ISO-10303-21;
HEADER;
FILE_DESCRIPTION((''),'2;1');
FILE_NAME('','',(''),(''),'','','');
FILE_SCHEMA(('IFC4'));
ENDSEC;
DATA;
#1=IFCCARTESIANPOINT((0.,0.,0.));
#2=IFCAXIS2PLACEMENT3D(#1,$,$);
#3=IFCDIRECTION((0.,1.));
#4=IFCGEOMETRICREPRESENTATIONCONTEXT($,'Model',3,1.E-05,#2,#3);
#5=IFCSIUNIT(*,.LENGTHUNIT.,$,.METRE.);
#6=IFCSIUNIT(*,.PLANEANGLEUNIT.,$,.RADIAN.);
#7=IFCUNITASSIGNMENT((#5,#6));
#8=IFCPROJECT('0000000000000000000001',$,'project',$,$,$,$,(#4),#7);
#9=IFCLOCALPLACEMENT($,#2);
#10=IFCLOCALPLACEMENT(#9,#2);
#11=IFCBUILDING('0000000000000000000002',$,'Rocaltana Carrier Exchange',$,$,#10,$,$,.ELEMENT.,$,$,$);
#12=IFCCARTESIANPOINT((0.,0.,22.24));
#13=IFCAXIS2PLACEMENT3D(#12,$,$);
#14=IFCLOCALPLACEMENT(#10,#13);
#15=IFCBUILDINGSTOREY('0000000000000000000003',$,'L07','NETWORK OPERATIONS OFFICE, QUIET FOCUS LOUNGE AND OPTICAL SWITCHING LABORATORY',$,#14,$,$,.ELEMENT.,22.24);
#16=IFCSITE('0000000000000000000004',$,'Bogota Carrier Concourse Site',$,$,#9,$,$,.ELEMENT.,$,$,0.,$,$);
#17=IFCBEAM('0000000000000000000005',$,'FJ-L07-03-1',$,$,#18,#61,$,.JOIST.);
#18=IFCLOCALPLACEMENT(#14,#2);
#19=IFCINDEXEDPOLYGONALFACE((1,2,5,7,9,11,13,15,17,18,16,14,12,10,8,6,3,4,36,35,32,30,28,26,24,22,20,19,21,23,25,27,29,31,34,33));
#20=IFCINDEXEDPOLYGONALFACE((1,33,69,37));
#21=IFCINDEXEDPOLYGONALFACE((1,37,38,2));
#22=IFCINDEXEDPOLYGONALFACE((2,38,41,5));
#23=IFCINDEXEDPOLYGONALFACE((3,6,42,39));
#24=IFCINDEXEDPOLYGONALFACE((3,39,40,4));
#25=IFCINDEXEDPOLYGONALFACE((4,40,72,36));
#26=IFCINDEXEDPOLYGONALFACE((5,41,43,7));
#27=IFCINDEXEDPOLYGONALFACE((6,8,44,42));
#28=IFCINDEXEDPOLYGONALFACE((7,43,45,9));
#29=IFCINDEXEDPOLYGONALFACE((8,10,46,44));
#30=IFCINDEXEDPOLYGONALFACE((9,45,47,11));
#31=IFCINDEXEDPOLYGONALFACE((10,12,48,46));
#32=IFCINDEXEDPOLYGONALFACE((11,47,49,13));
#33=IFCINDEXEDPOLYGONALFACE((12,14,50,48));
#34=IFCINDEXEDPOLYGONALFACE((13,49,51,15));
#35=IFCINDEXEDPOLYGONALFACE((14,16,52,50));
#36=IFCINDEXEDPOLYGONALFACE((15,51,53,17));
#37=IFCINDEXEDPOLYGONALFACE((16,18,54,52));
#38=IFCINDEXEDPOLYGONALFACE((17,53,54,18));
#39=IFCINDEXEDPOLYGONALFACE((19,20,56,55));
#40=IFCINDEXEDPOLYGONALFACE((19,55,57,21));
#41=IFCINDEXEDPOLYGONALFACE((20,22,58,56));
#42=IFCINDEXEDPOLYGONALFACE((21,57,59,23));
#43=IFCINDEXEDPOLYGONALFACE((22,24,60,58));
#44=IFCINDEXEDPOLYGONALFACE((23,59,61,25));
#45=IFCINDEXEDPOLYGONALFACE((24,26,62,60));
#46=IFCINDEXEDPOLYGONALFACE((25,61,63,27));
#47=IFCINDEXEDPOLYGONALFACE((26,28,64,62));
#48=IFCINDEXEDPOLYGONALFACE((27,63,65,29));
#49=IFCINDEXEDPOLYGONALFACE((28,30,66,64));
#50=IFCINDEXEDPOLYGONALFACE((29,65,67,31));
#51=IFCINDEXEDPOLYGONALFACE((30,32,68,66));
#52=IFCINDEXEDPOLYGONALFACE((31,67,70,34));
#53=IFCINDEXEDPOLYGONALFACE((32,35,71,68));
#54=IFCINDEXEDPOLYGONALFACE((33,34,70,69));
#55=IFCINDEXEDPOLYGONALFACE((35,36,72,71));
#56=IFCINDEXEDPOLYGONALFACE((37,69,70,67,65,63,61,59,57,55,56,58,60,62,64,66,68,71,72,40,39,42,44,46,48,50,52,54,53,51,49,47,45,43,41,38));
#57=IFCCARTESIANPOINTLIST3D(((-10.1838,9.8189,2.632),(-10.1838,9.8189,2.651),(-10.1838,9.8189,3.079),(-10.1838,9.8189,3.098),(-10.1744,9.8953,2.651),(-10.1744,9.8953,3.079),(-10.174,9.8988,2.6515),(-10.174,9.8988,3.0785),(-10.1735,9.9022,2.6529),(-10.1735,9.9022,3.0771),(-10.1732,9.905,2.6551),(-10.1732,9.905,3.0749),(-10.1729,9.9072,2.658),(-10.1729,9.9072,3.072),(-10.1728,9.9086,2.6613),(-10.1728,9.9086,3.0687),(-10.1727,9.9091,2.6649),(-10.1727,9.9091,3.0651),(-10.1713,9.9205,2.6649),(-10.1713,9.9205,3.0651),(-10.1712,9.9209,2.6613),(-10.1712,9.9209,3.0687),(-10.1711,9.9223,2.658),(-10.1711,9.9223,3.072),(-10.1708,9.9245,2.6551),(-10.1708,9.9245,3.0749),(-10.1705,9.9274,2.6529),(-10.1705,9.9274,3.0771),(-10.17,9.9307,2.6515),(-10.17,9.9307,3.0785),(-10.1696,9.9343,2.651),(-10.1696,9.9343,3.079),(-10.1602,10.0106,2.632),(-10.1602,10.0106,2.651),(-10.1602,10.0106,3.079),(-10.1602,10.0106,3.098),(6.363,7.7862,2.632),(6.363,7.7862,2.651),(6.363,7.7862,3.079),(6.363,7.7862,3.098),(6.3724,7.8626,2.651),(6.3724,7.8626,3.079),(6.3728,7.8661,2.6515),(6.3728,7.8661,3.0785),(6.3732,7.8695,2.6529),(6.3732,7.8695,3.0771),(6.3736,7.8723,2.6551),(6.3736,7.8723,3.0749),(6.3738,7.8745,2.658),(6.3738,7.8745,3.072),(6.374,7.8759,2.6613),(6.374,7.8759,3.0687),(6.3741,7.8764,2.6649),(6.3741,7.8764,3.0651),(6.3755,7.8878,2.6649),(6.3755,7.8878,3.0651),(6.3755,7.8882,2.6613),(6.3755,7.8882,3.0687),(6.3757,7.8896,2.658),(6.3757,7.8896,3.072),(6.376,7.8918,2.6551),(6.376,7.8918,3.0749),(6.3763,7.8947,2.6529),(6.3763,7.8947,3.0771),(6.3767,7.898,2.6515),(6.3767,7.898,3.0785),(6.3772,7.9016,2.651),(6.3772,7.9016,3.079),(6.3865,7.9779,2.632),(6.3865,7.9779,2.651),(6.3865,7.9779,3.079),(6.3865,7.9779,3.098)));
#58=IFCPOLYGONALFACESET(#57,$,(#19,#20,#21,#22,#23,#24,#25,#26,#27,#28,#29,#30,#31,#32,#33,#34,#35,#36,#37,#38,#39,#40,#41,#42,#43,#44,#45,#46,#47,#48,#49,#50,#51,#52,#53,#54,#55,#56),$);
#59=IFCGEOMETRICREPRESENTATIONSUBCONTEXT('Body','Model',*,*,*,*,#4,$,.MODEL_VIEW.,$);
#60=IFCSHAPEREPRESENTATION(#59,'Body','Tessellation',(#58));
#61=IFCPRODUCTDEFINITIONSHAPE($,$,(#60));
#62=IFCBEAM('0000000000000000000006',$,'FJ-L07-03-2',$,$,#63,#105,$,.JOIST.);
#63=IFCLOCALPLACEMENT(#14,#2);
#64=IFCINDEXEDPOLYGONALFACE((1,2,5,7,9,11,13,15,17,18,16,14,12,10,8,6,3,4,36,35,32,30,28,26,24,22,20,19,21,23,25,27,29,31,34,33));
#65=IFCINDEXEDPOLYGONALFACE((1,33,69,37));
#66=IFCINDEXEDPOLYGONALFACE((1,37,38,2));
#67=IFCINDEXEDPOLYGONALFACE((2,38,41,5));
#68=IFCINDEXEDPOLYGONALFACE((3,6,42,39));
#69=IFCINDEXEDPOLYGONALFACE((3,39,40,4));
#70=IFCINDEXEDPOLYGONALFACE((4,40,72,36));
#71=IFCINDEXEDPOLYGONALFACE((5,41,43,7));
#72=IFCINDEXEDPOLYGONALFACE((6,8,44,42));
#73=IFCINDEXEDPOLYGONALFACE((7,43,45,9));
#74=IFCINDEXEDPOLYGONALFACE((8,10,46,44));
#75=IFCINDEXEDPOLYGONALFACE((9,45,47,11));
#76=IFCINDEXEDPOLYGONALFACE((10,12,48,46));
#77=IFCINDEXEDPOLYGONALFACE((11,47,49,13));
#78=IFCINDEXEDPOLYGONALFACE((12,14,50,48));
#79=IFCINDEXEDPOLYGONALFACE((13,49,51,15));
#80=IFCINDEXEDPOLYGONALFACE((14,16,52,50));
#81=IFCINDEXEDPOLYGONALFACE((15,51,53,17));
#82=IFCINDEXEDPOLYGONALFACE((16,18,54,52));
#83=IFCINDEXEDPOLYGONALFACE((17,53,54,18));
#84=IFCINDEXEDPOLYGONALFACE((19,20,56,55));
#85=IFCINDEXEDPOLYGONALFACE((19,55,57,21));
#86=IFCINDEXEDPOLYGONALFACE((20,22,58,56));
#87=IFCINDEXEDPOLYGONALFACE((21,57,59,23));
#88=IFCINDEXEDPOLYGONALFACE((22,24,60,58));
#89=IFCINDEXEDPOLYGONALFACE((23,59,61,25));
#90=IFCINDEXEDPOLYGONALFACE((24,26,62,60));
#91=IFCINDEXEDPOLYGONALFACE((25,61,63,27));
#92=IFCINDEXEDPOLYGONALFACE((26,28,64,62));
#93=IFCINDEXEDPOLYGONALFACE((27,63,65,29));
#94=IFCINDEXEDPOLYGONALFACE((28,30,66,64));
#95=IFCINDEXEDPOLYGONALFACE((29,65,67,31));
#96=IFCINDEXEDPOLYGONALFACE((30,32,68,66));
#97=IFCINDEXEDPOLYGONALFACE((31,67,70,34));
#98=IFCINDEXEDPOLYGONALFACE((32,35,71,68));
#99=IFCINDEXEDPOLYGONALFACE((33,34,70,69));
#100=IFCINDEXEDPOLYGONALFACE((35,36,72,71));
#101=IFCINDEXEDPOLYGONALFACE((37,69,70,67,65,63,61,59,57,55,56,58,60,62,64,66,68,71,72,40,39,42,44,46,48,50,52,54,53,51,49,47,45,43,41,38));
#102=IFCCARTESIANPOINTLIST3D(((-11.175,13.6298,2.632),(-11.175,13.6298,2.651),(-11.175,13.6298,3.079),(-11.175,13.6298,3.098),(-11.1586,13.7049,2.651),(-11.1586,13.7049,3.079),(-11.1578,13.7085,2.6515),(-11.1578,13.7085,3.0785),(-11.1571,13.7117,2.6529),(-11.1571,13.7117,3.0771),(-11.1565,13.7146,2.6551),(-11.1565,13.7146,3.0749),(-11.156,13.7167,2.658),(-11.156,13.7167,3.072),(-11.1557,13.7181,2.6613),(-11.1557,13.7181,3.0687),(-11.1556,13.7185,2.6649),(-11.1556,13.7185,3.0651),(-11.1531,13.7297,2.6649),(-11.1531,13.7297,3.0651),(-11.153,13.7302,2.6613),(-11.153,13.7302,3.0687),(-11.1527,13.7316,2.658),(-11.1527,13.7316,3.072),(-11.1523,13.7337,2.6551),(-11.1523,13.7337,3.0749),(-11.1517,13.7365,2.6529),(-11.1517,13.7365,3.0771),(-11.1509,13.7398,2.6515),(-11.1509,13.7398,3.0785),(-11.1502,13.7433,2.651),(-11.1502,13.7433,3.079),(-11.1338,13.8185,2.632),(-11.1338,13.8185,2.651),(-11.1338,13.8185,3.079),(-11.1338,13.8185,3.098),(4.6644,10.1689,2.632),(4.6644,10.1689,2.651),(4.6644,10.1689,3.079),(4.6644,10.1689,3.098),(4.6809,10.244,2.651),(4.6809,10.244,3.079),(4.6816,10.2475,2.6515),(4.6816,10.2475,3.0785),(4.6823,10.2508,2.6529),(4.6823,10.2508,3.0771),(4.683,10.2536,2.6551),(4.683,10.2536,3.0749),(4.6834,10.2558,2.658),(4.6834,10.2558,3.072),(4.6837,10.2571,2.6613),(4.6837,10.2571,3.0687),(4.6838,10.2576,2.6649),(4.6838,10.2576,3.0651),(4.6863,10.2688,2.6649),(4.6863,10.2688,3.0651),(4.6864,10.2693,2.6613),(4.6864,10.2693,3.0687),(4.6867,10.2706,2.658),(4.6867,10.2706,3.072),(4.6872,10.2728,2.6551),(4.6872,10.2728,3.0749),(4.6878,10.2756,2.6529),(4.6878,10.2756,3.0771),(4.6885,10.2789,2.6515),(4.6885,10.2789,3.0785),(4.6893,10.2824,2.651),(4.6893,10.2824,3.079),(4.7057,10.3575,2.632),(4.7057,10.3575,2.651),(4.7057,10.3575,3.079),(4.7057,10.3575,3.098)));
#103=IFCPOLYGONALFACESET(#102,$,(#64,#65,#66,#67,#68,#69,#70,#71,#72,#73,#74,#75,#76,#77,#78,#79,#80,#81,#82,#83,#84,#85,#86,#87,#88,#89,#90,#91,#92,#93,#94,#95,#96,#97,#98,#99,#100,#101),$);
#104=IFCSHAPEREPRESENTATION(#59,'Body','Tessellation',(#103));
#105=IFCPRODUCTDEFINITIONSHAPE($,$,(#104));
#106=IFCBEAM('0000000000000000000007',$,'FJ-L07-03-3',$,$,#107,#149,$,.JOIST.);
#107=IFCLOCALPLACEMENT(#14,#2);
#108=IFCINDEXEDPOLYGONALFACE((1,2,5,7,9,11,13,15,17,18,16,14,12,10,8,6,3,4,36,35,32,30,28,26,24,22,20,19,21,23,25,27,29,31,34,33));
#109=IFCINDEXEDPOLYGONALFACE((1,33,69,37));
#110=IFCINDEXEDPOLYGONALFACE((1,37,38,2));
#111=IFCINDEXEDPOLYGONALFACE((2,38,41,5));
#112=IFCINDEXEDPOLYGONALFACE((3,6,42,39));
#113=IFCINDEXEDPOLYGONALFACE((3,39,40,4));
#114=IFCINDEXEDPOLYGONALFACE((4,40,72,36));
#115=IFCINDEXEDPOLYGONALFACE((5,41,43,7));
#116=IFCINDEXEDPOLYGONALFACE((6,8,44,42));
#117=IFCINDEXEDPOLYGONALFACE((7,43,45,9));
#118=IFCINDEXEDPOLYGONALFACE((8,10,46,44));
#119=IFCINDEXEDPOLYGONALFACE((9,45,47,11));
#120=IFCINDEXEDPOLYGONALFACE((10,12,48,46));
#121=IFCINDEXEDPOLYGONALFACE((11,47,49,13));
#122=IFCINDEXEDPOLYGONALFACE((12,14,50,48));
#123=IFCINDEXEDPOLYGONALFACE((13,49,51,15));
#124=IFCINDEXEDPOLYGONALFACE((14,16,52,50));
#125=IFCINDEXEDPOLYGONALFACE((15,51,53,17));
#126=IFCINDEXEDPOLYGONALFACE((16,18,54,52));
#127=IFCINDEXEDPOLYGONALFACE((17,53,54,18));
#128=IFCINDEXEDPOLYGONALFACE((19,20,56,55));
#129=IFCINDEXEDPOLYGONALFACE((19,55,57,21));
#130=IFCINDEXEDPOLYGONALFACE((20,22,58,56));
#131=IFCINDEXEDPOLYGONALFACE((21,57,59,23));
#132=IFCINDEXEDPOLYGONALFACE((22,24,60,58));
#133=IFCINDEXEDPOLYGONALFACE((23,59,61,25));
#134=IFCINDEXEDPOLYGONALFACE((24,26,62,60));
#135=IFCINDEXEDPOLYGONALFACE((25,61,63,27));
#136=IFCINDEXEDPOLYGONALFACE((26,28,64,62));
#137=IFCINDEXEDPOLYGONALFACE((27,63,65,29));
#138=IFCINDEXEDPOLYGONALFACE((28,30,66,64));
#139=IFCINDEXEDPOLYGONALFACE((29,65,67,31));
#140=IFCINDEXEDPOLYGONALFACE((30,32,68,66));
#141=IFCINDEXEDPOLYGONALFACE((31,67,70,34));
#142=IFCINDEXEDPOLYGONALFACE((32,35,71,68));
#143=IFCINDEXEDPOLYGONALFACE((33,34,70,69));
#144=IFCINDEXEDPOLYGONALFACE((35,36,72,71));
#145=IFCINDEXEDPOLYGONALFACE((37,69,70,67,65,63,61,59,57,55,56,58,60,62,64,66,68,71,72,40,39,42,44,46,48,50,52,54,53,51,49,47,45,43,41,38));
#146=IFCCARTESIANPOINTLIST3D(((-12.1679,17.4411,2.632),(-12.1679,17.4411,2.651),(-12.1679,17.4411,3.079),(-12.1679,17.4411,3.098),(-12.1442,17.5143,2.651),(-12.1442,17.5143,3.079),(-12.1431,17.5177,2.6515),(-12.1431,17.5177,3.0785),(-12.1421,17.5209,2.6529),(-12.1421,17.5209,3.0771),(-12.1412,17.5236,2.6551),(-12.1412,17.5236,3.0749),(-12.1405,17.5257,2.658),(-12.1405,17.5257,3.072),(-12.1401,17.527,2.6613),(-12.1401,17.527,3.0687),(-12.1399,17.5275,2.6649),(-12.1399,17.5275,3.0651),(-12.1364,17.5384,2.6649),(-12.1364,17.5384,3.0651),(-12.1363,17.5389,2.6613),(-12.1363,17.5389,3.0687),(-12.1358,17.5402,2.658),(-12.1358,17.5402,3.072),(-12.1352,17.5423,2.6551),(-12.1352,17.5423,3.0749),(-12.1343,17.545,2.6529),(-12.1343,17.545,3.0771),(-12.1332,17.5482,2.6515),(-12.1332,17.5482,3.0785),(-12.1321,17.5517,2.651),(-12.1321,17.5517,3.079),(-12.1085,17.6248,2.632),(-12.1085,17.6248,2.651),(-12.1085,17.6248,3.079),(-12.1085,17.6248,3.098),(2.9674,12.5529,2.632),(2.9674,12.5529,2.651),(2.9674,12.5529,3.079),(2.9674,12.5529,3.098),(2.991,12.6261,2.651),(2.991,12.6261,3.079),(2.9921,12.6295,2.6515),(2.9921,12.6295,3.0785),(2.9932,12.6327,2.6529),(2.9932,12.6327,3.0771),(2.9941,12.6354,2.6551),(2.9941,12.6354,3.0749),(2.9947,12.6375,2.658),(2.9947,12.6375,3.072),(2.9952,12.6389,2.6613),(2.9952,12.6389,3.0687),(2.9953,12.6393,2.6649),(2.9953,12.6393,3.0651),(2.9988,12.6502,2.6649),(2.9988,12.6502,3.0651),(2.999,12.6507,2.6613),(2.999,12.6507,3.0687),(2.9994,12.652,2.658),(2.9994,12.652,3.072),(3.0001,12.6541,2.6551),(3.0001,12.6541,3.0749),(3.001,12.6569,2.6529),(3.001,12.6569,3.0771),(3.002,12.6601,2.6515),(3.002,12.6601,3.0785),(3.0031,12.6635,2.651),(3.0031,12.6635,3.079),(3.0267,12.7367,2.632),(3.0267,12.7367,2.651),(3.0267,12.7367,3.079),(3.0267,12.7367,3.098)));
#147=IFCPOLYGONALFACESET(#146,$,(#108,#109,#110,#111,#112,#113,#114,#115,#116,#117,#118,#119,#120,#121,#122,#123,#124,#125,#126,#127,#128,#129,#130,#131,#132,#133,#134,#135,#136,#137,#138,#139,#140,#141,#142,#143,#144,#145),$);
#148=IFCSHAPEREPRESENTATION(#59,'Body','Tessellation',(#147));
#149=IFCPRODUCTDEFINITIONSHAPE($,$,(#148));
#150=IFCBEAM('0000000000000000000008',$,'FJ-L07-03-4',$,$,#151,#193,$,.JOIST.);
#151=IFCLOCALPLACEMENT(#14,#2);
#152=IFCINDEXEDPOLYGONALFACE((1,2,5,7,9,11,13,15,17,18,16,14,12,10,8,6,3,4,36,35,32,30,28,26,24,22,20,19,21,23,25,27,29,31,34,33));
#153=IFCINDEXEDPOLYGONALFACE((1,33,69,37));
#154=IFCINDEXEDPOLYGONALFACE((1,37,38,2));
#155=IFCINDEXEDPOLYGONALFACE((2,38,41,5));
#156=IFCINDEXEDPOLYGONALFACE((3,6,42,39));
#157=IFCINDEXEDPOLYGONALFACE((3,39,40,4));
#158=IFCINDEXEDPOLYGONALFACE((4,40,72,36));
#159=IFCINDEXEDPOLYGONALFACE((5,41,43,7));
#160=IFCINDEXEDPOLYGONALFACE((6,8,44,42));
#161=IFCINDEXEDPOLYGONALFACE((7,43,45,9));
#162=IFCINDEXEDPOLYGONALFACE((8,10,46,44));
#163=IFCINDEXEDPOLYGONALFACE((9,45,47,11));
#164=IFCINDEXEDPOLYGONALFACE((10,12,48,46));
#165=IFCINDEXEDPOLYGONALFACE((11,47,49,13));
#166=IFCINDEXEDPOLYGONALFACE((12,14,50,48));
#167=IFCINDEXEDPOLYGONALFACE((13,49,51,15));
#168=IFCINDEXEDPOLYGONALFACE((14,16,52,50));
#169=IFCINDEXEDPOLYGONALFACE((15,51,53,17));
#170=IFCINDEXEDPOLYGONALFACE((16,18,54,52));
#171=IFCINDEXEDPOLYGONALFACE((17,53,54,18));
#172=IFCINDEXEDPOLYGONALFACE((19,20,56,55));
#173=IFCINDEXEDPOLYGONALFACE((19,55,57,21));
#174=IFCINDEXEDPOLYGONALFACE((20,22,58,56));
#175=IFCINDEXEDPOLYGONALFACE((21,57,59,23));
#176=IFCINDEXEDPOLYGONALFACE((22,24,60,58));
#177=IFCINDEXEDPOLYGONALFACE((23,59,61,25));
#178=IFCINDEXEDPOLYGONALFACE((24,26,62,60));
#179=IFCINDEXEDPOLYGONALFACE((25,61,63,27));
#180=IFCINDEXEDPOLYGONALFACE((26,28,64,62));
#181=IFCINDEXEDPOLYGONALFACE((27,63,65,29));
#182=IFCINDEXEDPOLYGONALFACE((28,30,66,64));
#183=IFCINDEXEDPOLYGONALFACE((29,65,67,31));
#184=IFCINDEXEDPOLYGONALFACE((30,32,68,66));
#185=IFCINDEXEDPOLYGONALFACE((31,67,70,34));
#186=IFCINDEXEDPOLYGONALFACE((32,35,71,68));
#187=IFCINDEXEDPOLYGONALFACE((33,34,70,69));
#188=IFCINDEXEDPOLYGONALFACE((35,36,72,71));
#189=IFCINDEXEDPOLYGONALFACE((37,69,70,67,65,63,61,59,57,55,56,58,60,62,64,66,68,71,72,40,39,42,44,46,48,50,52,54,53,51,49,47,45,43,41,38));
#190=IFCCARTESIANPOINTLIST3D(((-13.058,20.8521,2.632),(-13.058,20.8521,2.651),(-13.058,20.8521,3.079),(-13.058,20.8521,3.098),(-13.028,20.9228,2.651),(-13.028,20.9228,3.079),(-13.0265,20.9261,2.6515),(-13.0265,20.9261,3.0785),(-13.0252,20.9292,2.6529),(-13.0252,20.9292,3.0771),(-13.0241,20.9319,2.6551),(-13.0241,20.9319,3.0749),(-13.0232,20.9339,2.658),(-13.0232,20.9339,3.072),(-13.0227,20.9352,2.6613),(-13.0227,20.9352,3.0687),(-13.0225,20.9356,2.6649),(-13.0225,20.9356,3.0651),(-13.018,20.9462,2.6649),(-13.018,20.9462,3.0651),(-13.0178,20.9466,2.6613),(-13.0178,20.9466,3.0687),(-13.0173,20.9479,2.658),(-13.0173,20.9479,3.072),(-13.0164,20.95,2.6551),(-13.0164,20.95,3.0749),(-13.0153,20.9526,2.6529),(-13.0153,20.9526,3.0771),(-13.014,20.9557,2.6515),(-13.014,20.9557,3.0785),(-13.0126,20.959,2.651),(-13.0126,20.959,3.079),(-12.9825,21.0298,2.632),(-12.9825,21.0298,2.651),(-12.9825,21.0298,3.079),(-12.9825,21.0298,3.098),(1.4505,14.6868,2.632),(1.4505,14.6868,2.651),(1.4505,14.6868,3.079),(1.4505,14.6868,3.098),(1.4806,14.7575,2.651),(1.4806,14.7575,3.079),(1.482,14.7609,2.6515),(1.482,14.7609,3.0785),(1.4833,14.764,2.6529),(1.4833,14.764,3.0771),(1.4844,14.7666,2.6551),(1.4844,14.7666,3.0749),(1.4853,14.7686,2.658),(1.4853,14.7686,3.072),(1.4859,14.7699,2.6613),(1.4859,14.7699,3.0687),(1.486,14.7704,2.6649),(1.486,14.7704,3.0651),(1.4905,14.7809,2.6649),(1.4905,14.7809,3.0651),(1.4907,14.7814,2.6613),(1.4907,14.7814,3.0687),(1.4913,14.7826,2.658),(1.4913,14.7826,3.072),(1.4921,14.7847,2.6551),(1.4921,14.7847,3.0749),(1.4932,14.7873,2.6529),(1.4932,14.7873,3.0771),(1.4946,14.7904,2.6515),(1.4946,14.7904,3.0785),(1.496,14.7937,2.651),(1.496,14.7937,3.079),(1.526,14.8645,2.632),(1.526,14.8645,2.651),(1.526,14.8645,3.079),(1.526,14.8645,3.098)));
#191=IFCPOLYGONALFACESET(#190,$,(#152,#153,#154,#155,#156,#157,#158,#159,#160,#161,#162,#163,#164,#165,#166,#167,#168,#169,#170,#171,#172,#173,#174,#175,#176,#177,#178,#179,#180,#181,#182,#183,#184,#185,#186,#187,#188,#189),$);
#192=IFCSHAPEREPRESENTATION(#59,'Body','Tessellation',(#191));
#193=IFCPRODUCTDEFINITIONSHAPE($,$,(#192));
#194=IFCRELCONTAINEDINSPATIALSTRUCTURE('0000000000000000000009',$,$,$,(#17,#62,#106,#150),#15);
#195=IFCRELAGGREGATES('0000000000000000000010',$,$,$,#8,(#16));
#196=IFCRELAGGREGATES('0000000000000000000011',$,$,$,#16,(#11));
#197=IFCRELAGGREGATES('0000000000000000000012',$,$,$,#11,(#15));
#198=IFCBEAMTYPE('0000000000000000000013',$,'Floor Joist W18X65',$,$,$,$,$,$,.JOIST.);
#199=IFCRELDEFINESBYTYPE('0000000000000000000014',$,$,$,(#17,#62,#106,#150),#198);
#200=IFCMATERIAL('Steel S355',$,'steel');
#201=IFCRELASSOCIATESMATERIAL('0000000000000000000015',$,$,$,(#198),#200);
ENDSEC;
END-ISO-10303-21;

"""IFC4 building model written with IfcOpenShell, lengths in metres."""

from ifc_helpers import new_model, si_unit, direction, frame, origin, origin_2d, place, context, subcontext, project, spatial, i_section, extrude, material, material_profile, profile_set, type_object, element, save


model = new_model("IFC4")

# Units and contexts
model_context = context("Model", 3, precision=1e-05, world=origin(), true_north=direction((0.0, 1.0)))
body_context = subcontext(model_context, "Body", "Model", "MODEL_VIEW")
ifc_project = project(units=[si_unit("LENGTHUNIT", "METRE"), si_unit("PLANEANGLEUNIT", "RADIAN")], contexts=[model_context])

# Site, building, storey
site_placement = place(None, origin())
site = spatial("IfcSite", under=ifc_project, at=site_placement, Name="Bogota Carrier Concourse Site", CompositionType="ELEMENT", RefElevation=0.0)
building_placement = place(site_placement, origin())
building = spatial("IfcBuilding", under=site, at=building_placement, Name="Rocaltana Carrier Exchange", CompositionType="ELEMENT")
storey_placement = place(building_placement, frame((0.0, 0.0, 22.24)))
storey = spatial("IfcBuildingStorey", under=building, at=storey_placement, Name="L07", Description="NETWORK OPERATIONS OFFICE, QUIET FOCUS LOUNGE AND OPTICAL SWITCHING LABORATORY", CompositionType="ELEMENT", Elevation=22.24)

# Beams
ifc_material_1 = material(Name="Steel S355", Category="steel")
ifc_material_profile_1 = material_profile(ifc_material_1, i_section(OverallWidth=0.1931, OverallDepth=0.4661, WebThickness=0.0115, FlangeThickness=0.019, FilletRadius=0.0139, at=origin_2d()), Name="W18X65")
ifc_profile_set_1 = profile_set([ifc_material_profile_1], Name="Steel S355")
beam_type_1 = type_object("IfcBeamType", Name="Floor Joist W18X65", PredefinedType="JOIST", material=ifc_profile_set_1)
beam_1_placement = place(storey_placement, frame((6.3748, 7.8821, 2.865), z_axis=(-0.992539, 0.121929, 0.0), x_axis=(-0.121929, -0.992539, 0.0)))
element("IfcBeam", 1, at=beam_1_placement, inside=storey, type_object=beam_type_1, Name="FJ-L07-03-1", PredefinedType="JOIST", context=body_context, shape_type="SweptSolid", body=[
    extrude(i_section(OverallWidth=0.1931, OverallDepth=0.4661, WebThickness=0.0115, FlangeThickness=0.019, FilletRadius=0.0139, at=origin_2d()), origin(), (0.0, 0.0, 1.0), 16.6711),
])
beam_2_placement = place(storey_placement, frame((4.6851, 10.2632, 2.865), z_axis=(-0.97695, 0.213466, 0.0), x_axis=(-0.213466, -0.97695, 0.0)))
element("IfcBeam", 2, at=beam_2_placement, inside=storey, type_object=beam_type_1, Name="FJ-L07-03-2", PredefinedType="JOIST", context=body_context, shape_type="SweptSolid", body=[
    extrude(i_section(OverallWidth=0.1931, OverallDepth=0.4661, WebThickness=0.0115, FlangeThickness=0.019, FilletRadius=0.0139, at=origin_2d()), origin(), (0.0, 0.0, 1.0), 16.2131),
])
beam_3_placement = place(storey_placement, frame((2.9971, 12.6448, 2.865), z_axis=(-0.951601, 0.307336, 0.0), x_axis=(-0.307336, -0.951601, 0.0)))
element("IfcBeam", 3, at=beam_3_placement, inside=storey, type_object=beam_type_1, Name="FJ-L07-03-3", PredefinedType="JOIST", context=body_context, shape_type="SweptSolid", body=[
    extrude(i_section(OverallWidth=0.1931, OverallDepth=0.4661, WebThickness=0.0115, FlangeThickness=0.019, FilletRadius=0.0139, at=origin_2d()), origin(), (0.0, 0.0, 1.0), 15.905),
])
beam_4_placement = place(storey_placement, frame((1.4883, 14.7756, 2.865), z_axis=(-0.92035, 0.391095, 0.0), x_axis=(-0.391095, -0.92035, 0.0)))
element("IfcBeam", 4, at=beam_4_placement, inside=storey, type_object=beam_type_1, Name="FJ-L07-03-4", PredefinedType="JOIST", context=body_context, shape_type="SweptSolid", body=[
    extrude(i_section(OverallWidth=0.1931, OverallDepth=0.4661, WebThickness=0.0115, FlangeThickness=0.019, FilletRadius=0.0139, at=origin_2d()), origin(), (0.0, 0.0, 1.0), 15.7642),
])

save(model, "model.ifc")
